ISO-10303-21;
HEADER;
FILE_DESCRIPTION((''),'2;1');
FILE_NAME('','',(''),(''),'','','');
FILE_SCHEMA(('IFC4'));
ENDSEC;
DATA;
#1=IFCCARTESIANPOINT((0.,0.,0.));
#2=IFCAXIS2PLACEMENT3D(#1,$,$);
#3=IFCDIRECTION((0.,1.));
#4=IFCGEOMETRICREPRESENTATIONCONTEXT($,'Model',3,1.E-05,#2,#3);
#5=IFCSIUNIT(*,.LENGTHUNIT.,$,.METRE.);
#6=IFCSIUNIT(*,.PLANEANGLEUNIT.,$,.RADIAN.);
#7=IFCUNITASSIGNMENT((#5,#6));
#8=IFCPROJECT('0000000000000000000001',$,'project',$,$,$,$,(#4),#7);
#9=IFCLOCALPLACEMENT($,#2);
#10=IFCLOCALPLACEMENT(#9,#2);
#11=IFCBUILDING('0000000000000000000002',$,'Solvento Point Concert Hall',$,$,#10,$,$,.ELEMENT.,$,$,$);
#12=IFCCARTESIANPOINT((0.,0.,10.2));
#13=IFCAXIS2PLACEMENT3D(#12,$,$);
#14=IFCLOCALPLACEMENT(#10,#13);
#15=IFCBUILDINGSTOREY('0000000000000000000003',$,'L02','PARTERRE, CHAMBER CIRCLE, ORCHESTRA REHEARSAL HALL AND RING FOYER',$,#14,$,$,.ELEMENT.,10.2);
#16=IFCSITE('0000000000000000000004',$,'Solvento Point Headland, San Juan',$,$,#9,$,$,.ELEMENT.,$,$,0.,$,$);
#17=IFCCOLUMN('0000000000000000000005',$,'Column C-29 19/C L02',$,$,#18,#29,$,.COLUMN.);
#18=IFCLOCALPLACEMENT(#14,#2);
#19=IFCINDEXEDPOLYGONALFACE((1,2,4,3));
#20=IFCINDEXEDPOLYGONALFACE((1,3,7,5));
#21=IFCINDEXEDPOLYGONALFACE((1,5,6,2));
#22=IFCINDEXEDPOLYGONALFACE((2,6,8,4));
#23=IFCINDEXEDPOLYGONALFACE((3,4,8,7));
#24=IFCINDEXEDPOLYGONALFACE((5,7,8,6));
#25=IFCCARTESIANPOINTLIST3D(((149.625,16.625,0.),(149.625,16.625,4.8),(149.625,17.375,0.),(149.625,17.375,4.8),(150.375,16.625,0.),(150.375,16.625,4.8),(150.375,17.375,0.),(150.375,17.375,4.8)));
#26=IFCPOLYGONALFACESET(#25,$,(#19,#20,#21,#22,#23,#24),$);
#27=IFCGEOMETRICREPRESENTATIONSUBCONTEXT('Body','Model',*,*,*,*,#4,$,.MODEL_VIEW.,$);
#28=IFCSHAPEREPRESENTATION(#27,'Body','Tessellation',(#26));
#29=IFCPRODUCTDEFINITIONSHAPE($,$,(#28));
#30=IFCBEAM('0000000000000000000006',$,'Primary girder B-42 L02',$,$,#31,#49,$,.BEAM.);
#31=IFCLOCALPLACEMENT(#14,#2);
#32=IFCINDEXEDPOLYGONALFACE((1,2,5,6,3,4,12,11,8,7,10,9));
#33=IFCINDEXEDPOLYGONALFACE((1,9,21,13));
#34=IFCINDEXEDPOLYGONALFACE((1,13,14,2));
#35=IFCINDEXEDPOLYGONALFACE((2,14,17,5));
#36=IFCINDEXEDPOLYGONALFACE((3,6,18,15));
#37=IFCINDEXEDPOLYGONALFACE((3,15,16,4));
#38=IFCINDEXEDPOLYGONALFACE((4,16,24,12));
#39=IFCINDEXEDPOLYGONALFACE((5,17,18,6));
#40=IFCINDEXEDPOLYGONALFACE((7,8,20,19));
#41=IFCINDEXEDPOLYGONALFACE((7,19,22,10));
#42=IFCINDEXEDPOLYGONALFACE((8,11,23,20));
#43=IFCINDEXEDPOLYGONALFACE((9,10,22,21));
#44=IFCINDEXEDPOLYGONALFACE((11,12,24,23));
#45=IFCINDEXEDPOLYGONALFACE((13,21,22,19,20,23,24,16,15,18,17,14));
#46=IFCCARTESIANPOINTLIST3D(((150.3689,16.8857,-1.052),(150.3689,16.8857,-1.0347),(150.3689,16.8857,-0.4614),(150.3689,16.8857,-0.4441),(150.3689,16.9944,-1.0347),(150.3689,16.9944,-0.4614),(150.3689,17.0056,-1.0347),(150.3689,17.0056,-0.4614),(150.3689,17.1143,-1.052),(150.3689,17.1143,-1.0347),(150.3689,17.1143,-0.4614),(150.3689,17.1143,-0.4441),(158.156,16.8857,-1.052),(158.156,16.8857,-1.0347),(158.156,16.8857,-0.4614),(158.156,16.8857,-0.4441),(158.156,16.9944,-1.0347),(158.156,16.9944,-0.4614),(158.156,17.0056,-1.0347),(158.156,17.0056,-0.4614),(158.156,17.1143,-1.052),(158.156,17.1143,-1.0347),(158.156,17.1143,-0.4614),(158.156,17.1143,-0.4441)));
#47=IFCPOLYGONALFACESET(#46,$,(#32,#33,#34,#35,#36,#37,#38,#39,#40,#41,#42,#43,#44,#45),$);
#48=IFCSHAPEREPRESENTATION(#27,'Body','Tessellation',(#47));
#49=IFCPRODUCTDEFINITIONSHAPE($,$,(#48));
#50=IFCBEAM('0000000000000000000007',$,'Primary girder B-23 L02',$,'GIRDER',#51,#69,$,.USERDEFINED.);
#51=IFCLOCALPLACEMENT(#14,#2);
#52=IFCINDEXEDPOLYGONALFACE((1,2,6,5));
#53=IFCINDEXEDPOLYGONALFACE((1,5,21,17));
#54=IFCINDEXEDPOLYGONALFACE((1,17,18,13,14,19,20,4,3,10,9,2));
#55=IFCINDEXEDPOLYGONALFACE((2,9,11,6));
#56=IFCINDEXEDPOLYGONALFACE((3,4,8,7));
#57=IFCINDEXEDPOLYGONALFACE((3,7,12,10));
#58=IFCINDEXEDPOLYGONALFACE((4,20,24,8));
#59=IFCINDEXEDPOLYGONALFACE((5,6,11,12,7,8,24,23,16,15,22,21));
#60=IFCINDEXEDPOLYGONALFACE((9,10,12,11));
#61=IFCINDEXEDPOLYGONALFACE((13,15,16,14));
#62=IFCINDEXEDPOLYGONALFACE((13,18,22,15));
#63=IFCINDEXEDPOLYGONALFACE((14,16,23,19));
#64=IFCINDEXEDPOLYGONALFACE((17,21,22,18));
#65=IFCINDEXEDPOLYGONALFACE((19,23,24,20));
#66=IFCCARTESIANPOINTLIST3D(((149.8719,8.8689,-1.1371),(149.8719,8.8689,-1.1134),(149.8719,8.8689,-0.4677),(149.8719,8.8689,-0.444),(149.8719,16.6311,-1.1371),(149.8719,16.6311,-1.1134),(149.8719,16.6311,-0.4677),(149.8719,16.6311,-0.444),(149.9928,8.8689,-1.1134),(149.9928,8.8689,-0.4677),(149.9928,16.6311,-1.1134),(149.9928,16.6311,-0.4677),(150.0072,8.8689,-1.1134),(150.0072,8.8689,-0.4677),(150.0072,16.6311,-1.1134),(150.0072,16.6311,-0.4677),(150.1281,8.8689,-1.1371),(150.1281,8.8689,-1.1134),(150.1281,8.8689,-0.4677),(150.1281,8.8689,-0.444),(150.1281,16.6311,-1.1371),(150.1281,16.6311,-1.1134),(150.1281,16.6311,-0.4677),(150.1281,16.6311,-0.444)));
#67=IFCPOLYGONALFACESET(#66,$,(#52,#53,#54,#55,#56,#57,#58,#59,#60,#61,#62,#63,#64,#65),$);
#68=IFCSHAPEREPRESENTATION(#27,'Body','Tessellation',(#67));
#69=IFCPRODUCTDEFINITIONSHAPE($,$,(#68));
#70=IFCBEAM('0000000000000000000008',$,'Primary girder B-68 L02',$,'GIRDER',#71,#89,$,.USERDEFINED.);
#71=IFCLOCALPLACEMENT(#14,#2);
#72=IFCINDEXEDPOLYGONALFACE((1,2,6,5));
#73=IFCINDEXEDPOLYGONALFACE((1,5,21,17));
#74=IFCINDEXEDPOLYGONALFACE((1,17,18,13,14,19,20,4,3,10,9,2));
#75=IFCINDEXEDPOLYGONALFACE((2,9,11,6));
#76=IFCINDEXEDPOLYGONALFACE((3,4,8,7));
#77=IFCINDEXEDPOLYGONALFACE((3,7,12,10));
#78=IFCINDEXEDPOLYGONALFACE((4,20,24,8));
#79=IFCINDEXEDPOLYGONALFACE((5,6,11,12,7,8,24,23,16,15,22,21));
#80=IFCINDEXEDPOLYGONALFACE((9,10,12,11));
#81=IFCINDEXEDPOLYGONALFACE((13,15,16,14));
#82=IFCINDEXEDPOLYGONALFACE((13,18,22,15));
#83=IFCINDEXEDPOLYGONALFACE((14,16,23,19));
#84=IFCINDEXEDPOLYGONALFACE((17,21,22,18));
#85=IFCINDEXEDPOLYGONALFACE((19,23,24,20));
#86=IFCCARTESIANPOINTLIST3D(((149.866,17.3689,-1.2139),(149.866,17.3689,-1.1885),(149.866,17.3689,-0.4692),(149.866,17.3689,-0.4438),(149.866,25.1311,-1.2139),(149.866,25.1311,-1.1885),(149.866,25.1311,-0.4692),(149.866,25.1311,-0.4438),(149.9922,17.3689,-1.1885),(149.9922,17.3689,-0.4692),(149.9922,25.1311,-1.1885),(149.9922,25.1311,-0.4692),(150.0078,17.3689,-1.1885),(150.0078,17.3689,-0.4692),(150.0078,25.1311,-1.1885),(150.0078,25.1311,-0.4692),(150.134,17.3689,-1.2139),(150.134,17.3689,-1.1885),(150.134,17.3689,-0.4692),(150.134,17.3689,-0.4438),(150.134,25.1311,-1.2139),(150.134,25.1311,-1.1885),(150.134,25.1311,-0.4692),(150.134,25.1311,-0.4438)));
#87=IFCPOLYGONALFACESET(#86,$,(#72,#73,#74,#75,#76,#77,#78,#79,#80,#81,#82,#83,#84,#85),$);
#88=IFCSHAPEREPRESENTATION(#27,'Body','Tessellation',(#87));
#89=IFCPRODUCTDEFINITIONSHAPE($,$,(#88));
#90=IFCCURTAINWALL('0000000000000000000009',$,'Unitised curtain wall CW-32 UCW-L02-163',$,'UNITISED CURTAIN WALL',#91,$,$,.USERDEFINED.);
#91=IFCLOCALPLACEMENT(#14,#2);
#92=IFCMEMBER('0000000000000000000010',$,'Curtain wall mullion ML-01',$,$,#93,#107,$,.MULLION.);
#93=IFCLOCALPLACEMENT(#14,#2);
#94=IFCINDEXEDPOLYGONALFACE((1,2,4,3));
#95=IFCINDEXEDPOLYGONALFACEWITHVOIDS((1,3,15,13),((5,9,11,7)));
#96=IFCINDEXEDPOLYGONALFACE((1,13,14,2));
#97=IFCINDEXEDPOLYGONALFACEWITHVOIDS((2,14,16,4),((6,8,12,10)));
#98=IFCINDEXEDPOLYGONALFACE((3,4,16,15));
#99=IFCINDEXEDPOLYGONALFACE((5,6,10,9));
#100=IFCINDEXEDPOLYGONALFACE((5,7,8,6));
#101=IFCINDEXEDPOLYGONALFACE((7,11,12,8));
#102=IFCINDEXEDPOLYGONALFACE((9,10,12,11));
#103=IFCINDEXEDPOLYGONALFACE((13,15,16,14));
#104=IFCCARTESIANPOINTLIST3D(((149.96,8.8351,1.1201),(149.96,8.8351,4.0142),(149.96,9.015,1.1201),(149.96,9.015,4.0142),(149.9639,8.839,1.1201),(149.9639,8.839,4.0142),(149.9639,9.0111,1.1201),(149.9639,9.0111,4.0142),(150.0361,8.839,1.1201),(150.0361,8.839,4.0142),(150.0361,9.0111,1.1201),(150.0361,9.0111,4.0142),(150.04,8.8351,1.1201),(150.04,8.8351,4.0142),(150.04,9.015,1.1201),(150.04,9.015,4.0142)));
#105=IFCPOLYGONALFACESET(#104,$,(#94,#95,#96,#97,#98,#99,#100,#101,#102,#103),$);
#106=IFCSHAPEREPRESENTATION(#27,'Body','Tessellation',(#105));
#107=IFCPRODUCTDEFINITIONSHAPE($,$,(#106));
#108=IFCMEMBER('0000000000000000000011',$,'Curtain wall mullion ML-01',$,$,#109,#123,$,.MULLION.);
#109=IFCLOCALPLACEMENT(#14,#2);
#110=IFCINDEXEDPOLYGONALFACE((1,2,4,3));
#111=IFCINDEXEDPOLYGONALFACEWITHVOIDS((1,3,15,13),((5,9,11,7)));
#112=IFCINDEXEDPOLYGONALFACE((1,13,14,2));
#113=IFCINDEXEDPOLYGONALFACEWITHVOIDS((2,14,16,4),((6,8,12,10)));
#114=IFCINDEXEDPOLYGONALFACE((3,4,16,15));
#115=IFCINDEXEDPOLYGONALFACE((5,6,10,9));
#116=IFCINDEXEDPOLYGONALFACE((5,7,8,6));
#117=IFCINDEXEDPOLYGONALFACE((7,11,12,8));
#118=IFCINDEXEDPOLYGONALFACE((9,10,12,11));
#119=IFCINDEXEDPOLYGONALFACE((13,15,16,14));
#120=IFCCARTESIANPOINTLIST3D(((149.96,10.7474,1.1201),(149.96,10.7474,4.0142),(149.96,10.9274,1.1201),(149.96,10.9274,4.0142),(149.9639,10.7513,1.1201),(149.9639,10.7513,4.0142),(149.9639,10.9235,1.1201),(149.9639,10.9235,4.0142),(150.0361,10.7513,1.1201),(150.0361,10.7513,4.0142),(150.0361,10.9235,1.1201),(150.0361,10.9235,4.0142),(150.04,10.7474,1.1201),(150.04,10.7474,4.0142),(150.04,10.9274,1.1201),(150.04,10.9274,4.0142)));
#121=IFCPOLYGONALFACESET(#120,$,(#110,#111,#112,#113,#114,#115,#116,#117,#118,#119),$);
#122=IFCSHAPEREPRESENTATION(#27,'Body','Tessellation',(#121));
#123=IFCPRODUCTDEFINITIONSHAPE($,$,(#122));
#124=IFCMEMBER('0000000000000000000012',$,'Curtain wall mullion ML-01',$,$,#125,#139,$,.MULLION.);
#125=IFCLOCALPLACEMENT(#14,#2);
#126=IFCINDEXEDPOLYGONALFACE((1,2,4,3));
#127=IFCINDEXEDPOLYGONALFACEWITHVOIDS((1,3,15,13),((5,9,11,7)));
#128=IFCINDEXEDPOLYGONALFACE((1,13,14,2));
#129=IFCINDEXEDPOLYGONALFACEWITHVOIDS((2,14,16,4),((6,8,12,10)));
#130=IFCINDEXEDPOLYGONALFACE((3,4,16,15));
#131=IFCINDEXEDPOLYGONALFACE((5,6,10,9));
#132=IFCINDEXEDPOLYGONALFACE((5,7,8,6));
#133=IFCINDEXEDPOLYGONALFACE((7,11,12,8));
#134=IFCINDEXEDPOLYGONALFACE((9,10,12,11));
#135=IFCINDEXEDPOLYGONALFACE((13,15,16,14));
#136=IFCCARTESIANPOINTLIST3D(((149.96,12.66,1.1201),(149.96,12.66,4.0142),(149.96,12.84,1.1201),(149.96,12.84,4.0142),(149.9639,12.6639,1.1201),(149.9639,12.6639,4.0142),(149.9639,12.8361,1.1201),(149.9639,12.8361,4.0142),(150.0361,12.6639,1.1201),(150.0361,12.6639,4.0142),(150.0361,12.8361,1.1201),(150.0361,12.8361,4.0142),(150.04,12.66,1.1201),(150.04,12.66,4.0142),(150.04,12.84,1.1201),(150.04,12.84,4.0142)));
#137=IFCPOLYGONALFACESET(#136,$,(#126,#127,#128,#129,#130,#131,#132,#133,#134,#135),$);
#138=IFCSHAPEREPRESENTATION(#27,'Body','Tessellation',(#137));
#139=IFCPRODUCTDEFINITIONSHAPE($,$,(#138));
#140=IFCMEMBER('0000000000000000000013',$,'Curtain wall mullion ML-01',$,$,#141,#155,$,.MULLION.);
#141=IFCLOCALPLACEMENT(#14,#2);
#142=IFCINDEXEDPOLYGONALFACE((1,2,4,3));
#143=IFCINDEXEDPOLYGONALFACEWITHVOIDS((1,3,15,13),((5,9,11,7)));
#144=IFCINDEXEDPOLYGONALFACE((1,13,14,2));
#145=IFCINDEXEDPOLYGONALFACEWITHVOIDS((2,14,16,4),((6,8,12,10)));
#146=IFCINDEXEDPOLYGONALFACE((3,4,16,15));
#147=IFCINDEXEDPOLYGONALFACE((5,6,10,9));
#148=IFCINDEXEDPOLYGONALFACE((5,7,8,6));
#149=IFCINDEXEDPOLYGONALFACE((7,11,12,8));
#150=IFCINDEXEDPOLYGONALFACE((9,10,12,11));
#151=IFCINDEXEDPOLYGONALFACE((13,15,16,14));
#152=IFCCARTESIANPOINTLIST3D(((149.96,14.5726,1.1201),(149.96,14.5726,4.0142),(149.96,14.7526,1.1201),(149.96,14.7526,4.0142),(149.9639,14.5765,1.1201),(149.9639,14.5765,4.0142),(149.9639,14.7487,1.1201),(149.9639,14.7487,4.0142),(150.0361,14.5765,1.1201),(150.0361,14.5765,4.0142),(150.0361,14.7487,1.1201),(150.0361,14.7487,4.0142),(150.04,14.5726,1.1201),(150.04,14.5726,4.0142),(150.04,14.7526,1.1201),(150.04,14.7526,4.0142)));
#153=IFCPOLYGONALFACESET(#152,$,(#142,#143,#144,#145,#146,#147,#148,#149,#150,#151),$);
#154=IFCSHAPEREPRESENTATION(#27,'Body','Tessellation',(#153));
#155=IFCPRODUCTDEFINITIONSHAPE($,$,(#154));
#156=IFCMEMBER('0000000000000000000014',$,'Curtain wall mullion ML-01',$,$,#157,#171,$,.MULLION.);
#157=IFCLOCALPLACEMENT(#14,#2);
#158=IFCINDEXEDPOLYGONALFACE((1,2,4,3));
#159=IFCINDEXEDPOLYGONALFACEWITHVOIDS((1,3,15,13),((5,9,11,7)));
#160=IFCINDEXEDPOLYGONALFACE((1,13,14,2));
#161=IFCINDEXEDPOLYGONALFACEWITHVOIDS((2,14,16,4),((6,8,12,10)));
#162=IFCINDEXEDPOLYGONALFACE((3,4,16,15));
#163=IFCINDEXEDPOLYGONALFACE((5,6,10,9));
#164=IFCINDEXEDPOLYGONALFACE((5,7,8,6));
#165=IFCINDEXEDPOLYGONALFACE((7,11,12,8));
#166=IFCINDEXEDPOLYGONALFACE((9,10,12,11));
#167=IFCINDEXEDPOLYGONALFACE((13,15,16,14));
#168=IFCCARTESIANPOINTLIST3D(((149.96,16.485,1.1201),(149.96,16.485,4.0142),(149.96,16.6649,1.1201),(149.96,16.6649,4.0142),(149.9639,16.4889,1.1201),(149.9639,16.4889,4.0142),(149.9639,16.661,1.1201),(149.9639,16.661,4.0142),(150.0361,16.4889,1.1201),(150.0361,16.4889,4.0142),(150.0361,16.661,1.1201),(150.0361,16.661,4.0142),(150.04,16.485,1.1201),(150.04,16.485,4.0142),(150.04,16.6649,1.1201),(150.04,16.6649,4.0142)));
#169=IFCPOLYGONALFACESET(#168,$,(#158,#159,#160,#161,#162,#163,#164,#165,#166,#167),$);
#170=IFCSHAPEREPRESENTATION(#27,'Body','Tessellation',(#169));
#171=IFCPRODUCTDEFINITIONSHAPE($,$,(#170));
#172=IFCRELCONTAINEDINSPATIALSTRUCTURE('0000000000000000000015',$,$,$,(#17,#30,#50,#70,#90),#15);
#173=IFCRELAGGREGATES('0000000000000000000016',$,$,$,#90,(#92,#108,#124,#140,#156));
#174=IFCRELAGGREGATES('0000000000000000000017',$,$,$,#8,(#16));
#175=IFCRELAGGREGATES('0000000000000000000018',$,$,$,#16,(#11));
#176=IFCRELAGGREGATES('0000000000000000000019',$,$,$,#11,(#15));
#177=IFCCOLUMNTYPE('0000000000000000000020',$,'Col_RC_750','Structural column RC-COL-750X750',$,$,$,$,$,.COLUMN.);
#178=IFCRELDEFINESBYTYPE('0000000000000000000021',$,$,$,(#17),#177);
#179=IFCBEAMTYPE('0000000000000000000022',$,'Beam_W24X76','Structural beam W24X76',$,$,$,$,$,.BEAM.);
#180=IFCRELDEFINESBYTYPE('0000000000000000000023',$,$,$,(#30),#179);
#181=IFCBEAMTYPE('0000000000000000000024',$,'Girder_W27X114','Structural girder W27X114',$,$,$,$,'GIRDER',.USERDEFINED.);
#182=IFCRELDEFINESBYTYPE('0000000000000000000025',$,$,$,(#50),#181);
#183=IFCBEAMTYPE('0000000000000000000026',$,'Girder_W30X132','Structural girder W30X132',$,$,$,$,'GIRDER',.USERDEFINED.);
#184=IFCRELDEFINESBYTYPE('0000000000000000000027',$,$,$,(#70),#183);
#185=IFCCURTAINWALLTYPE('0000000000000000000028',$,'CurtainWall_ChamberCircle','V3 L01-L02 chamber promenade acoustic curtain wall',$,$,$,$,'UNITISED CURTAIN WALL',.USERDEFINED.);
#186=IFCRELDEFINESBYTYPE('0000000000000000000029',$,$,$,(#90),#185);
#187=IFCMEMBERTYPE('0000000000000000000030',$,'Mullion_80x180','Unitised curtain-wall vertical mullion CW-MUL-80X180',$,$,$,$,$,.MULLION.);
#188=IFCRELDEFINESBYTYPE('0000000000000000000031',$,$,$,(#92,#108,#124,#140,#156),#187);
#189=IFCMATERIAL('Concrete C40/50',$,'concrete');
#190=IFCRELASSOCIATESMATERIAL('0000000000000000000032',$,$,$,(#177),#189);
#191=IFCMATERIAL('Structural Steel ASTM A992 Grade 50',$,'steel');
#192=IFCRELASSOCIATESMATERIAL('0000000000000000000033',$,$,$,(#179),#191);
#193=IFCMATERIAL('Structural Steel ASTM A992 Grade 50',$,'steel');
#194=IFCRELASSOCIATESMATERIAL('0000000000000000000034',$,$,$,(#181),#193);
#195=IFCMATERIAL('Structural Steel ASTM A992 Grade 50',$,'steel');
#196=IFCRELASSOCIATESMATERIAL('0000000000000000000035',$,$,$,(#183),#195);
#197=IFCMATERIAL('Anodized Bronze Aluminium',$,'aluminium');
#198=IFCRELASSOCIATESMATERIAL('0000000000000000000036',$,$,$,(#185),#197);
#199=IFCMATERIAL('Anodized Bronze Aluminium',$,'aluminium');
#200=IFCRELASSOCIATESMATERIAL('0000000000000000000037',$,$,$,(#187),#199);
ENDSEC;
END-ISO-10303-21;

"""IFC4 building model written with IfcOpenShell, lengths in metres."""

from ifc_helpers import new_model, si_unit, direction, frame, origin, origin_2d, place, context, subcontext, project, spatial, rectangle, hollow_rectangle, i_section, extrude, material, material_profile, profile_set, type_object, element, aggregate, save


model = new_model("IFC4")

# Units and contexts
model_context = context("Model", 3, precision=1e-05, world=origin(), true_north=direction((0.0, 1.0)))
body_context = subcontext(model_context, "Body", "Model", "MODEL_VIEW")
ifc_project = project(units=[si_unit("LENGTHUNIT", "METRE"), si_unit("PLANEANGLEUNIT", "RADIAN")], contexts=[model_context])

# Site, building, storey
site_placement = place(None, origin())
site = spatial("IfcSite", under=ifc_project, at=site_placement, Name="Solvento Point Headland, San Juan", CompositionType="ELEMENT", RefElevation=0.0)
building_placement = place(site_placement, origin())
building = spatial("IfcBuilding", under=site, at=building_placement, Name="Solvento Point Concert Hall", CompositionType="ELEMENT")
storey_placement = place(building_placement, frame((0.0, 0.0, 10.2)))
storey = spatial("IfcBuildingStorey", under=building, at=storey_placement, Name="L02", Description="PARTERRE, CHAMBER CIRCLE, ORCHESTRA REHEARSAL HALL AND RING FOYER", CompositionType="ELEMENT", Elevation=10.2)

# Column
ifc_material_1 = material(Name="Concrete C40/50", Category="concrete")
ifc_material_profile_1 = material_profile(ifc_material_1, rectangle(XDim=0.75, YDim=0.75, at=origin_2d()), Name="RC-COL-750X750")
ifc_profile_set_1 = profile_set([ifc_material_profile_1], Name="Concrete C40/50")
column_type = type_object("IfcColumnType", Name="Col_RC_750", Description="Structural column RC-COL-750X750", PredefinedType="COLUMN", material=ifc_profile_set_1)
column_placement = place(storey_placement, frame((150.0, 17.0, 0.0), z_axis=(0.0, 0.0, 1.0), x_axis=(1.0, 0.0, 0.0)))
element("IfcColumn", 1, at=column_placement, inside=storey, type_object=column_type, Name="Column C-29 19/C L02", PredefinedType="COLUMN", context=body_context, shape_type="SweptSolid", body=[
    extrude(rectangle(XDim=0.75, YDim=0.75, at=origin_2d()), origin(), (0.0, 0.0, 1.0), 4.8),
])

# Beams
ifc_material_2 = material(Name="Structural Steel ASTM A992 Grade 50", Category="steel")
ifc_material_profile_2 = material_profile(ifc_material_2, i_section(OverallWidth=0.2285, OverallDepth=0.6079, WebThickness=0.0112, FlangeThickness=0.0173, at=origin_2d()), Name="W24X76")
ifc_profile_set_2 = profile_set([ifc_material_profile_2], Name="Structural Steel ASTM A992 Grade 50")
beam_type_1 = type_object("IfcBeamType", Name="Beam_W24X76", Description="Structural beam W24X76", PredefinedType="BEAM", material=ifc_profile_set_2)
beam_1_placement = place(storey_placement, frame((150.3689, 17.0, -0.748), z_axis=(1.0, 0.0, 0.0), x_axis=(0.0, 1.0, 0.0)))
element("IfcBeam", 2, at=beam_1_placement, inside=storey, type_object=beam_type_1, Name="Primary girder B-42 L02", PredefinedType="BEAM", context=body_context, shape_type="SweptSolid", body=[
    extrude(i_section(OverallWidth=0.2285, OverallDepth=0.6079, WebThickness=0.0112, FlangeThickness=0.0173, at=origin_2d()), origin(), (0.0, 0.0, 1.0), 7.7871),
])
ifc_material_3 = material(Name="Structural Steel ASTM A992 Grade 50", Category="steel")
ifc_material_profile_3 = material_profile(ifc_material_3, i_section(OverallWidth=0.2561, OverallDepth=0.6931, WebThickness=0.0144, FlangeThickness=0.0237, at=origin_2d()), Name="W27X114")
ifc_profile_set_3 = profile_set([ifc_material_profile_3], Name="Structural Steel ASTM A992 Grade 50")
beam_type_2 = type_object("IfcBeamType", Name="Girder_W27X114", Description="Structural girder W27X114", ElementType="GIRDER", PredefinedType="USERDEFINED", material=ifc_profile_set_3)
beam_2_placement = place(storey_placement, frame((150.0, 8.8689, -0.7905), z_axis=(0.0, 1.0, 0.0), x_axis=(-1.0, 0.0, 0.0)))
element("IfcBeam", 3, at=beam_2_placement, inside=storey, type_object=beam_type_2, Name="Primary girder B-23 L02", ObjectType="GIRDER", PredefinedType="USERDEFINED", context=body_context, shape_type="SweptSolid", body=[
    extrude(i_section(OverallWidth=0.2561, OverallDepth=0.6931, WebThickness=0.0144, FlangeThickness=0.0237, at=origin_2d()), origin(), (0.0, 0.0, 1.0), 7.7622),
])
ifc_material_4 = material(Name="Structural Steel ASTM A992 Grade 50", Category="steel")
ifc_material_profile_4 = material_profile(ifc_material_4, i_section(OverallWidth=0.2681, OverallDepth=0.77, WebThickness=0.0156, FlangeThickness=0.0254, at=origin_2d()), Name="W30X132")
ifc_profile_set_4 = profile_set([ifc_material_profile_4], Name="Structural Steel ASTM A992 Grade 50")
beam_type_3 = type_object("IfcBeamType", Name="Girder_W30X132", Description="Structural girder W30X132", ElementType="GIRDER", PredefinedType="USERDEFINED", material=ifc_profile_set_4)
beam_3_placement = place(storey_placement, frame((150.0, 17.3689, -0.8289), z_axis=(0.0, 1.0, 0.0), x_axis=(-1.0, 0.0, 0.0)))
element("IfcBeam", 4, at=beam_3_placement, inside=storey, type_object=beam_type_3, Name="Primary girder B-68 L02", ObjectType="GIRDER", PredefinedType="USERDEFINED", context=body_context, shape_type="SweptSolid", body=[
    extrude(i_section(OverallWidth=0.2681, OverallDepth=0.77, WebThickness=0.0156, FlangeThickness=0.0254, at=origin_2d()), origin(), (0.0, 0.0, 1.0), 7.7622),
])

# Curtain wall, members
ifc_material_5 = material(Name="Anodized Bronze Aluminium", Category="aluminium")
curtain_wall_type = type_object("IfcCurtainWallType", Name="CurtainWall_ChamberCircle", Description="V3 L01-L02 chamber promenade acoustic curtain wall", ElementType="UNITISED CURTAIN WALL", PredefinedType="USERDEFINED", material=ifc_material_5)
curtain_wall_placement = place(storey_placement, origin())
curtain_wall = element("IfcCurtainWall", 5, at=curtain_wall_placement, inside=storey, type_object=curtain_wall_type, Name="Unitised curtain wall CW-32 UCW-L02-163", ObjectType="UNITISED CURTAIN WALL", PredefinedType="USERDEFINED")
ifc_material_6 = material(Name="Anodized Bronze Aluminium", Category="aluminium")
ifc_material_profile_5 = material_profile(ifc_material_6, hollow_rectangle(XDim=0.0801, YDim=0.1799, WallThickness=0.0039, at=origin_2d()), Name="CW-MUL-80X180")
ifc_profile_set_5 = profile_set([ifc_material_profile_5], Name="Anodized Bronze Aluminium")
member_type_1 = type_object("IfcMemberType", Name="Mullion_80x180", Description="Unitised curtain-wall vertical mullion CW-MUL-80X180", PredefinedType="MULLION", material=ifc_profile_set_5)
member_1_placement = place(storey_placement, frame((150.0, 8.925, 1.1201), z_axis=(0.0, 0.0, 1.0), x_axis=(1.0, 0.0, 0.0)))
member_1 = element("IfcMember", 6, at=member_1_placement, type_object=member_type_1, Name="Curtain wall mullion ML-01", PredefinedType="MULLION", context=body_context, shape_type="SweptSolid", body=[
    extrude(hollow_rectangle(XDim=0.0801, YDim=0.1799, WallThickness=0.0039, at=origin_2d()), origin(), (0.0, 0.0, 1.0), 2.894),
])
member_2_placement = place(storey_placement, frame((150.0, 10.8374, 1.1201), z_axis=(0.0, 0.0, 1.0), x_axis=(1.0, 0.0, 0.0)))
member_2 = element("IfcMember", 7, at=member_2_placement, type_object=member_type_1, Name="Curtain wall mullion ML-01", PredefinedType="MULLION", context=body_context, shape_type="SweptSolid", body=[
    extrude(hollow_rectangle(XDim=0.0801, YDim=0.1799, WallThickness=0.0039, at=origin_2d()), origin(), (0.0, 0.0, 1.0), 2.894),
])
member_3_placement = place(storey_placement, frame((150.0, 12.75, 1.1201), z_axis=(0.0, 0.0, 1.0), x_axis=(1.0, 0.0, 0.0)))
member_3 = element("IfcMember", 8, at=member_3_placement, type_object=member_type_1, Name="Curtain wall mullion ML-01", PredefinedType="MULLION", context=body_context, shape_type="SweptSolid", body=[
    extrude(hollow_rectangle(XDim=0.0801, YDim=0.1799, WallThickness=0.0039, at=origin_2d()), origin(), (0.0, 0.0, 1.0), 2.894),
])
member_4_placement = place(storey_placement, frame((150.0, 14.6626, 1.1201), z_axis=(0.0, 0.0, 1.0), x_axis=(1.0, 0.0, 0.0)))
member_4 = element("IfcMember", 9, at=member_4_placement, type_object=member_type_1, Name="Curtain wall mullion ML-01", PredefinedType="MULLION", context=body_context, shape_type="SweptSolid", body=[
    extrude(hollow_rectangle(XDim=0.0801, YDim=0.1799, WallThickness=0.0039, at=origin_2d()), origin(), (0.0, 0.0, 1.0), 2.894),
])
member_5_placement = place(storey_placement, frame((150.0, 16.575, 1.1201), z_axis=(0.0, 0.0, 1.0), x_axis=(1.0, 0.0, 0.0)))
member_5 = element("IfcMember", 10, at=member_5_placement, type_object=member_type_1, Name="Curtain wall mullion ML-01", PredefinedType="MULLION", context=body_context, shape_type="SweptSolid", body=[
    extrude(hollow_rectangle(XDim=0.0801, YDim=0.1799, WallThickness=0.0039, at=origin_2d()), origin(), (0.0, 0.0, 1.0), 2.894),
])
aggregate(curtain_wall, [member_1, member_2, member_3, member_4, member_5])

save(model, "model.ifc")
